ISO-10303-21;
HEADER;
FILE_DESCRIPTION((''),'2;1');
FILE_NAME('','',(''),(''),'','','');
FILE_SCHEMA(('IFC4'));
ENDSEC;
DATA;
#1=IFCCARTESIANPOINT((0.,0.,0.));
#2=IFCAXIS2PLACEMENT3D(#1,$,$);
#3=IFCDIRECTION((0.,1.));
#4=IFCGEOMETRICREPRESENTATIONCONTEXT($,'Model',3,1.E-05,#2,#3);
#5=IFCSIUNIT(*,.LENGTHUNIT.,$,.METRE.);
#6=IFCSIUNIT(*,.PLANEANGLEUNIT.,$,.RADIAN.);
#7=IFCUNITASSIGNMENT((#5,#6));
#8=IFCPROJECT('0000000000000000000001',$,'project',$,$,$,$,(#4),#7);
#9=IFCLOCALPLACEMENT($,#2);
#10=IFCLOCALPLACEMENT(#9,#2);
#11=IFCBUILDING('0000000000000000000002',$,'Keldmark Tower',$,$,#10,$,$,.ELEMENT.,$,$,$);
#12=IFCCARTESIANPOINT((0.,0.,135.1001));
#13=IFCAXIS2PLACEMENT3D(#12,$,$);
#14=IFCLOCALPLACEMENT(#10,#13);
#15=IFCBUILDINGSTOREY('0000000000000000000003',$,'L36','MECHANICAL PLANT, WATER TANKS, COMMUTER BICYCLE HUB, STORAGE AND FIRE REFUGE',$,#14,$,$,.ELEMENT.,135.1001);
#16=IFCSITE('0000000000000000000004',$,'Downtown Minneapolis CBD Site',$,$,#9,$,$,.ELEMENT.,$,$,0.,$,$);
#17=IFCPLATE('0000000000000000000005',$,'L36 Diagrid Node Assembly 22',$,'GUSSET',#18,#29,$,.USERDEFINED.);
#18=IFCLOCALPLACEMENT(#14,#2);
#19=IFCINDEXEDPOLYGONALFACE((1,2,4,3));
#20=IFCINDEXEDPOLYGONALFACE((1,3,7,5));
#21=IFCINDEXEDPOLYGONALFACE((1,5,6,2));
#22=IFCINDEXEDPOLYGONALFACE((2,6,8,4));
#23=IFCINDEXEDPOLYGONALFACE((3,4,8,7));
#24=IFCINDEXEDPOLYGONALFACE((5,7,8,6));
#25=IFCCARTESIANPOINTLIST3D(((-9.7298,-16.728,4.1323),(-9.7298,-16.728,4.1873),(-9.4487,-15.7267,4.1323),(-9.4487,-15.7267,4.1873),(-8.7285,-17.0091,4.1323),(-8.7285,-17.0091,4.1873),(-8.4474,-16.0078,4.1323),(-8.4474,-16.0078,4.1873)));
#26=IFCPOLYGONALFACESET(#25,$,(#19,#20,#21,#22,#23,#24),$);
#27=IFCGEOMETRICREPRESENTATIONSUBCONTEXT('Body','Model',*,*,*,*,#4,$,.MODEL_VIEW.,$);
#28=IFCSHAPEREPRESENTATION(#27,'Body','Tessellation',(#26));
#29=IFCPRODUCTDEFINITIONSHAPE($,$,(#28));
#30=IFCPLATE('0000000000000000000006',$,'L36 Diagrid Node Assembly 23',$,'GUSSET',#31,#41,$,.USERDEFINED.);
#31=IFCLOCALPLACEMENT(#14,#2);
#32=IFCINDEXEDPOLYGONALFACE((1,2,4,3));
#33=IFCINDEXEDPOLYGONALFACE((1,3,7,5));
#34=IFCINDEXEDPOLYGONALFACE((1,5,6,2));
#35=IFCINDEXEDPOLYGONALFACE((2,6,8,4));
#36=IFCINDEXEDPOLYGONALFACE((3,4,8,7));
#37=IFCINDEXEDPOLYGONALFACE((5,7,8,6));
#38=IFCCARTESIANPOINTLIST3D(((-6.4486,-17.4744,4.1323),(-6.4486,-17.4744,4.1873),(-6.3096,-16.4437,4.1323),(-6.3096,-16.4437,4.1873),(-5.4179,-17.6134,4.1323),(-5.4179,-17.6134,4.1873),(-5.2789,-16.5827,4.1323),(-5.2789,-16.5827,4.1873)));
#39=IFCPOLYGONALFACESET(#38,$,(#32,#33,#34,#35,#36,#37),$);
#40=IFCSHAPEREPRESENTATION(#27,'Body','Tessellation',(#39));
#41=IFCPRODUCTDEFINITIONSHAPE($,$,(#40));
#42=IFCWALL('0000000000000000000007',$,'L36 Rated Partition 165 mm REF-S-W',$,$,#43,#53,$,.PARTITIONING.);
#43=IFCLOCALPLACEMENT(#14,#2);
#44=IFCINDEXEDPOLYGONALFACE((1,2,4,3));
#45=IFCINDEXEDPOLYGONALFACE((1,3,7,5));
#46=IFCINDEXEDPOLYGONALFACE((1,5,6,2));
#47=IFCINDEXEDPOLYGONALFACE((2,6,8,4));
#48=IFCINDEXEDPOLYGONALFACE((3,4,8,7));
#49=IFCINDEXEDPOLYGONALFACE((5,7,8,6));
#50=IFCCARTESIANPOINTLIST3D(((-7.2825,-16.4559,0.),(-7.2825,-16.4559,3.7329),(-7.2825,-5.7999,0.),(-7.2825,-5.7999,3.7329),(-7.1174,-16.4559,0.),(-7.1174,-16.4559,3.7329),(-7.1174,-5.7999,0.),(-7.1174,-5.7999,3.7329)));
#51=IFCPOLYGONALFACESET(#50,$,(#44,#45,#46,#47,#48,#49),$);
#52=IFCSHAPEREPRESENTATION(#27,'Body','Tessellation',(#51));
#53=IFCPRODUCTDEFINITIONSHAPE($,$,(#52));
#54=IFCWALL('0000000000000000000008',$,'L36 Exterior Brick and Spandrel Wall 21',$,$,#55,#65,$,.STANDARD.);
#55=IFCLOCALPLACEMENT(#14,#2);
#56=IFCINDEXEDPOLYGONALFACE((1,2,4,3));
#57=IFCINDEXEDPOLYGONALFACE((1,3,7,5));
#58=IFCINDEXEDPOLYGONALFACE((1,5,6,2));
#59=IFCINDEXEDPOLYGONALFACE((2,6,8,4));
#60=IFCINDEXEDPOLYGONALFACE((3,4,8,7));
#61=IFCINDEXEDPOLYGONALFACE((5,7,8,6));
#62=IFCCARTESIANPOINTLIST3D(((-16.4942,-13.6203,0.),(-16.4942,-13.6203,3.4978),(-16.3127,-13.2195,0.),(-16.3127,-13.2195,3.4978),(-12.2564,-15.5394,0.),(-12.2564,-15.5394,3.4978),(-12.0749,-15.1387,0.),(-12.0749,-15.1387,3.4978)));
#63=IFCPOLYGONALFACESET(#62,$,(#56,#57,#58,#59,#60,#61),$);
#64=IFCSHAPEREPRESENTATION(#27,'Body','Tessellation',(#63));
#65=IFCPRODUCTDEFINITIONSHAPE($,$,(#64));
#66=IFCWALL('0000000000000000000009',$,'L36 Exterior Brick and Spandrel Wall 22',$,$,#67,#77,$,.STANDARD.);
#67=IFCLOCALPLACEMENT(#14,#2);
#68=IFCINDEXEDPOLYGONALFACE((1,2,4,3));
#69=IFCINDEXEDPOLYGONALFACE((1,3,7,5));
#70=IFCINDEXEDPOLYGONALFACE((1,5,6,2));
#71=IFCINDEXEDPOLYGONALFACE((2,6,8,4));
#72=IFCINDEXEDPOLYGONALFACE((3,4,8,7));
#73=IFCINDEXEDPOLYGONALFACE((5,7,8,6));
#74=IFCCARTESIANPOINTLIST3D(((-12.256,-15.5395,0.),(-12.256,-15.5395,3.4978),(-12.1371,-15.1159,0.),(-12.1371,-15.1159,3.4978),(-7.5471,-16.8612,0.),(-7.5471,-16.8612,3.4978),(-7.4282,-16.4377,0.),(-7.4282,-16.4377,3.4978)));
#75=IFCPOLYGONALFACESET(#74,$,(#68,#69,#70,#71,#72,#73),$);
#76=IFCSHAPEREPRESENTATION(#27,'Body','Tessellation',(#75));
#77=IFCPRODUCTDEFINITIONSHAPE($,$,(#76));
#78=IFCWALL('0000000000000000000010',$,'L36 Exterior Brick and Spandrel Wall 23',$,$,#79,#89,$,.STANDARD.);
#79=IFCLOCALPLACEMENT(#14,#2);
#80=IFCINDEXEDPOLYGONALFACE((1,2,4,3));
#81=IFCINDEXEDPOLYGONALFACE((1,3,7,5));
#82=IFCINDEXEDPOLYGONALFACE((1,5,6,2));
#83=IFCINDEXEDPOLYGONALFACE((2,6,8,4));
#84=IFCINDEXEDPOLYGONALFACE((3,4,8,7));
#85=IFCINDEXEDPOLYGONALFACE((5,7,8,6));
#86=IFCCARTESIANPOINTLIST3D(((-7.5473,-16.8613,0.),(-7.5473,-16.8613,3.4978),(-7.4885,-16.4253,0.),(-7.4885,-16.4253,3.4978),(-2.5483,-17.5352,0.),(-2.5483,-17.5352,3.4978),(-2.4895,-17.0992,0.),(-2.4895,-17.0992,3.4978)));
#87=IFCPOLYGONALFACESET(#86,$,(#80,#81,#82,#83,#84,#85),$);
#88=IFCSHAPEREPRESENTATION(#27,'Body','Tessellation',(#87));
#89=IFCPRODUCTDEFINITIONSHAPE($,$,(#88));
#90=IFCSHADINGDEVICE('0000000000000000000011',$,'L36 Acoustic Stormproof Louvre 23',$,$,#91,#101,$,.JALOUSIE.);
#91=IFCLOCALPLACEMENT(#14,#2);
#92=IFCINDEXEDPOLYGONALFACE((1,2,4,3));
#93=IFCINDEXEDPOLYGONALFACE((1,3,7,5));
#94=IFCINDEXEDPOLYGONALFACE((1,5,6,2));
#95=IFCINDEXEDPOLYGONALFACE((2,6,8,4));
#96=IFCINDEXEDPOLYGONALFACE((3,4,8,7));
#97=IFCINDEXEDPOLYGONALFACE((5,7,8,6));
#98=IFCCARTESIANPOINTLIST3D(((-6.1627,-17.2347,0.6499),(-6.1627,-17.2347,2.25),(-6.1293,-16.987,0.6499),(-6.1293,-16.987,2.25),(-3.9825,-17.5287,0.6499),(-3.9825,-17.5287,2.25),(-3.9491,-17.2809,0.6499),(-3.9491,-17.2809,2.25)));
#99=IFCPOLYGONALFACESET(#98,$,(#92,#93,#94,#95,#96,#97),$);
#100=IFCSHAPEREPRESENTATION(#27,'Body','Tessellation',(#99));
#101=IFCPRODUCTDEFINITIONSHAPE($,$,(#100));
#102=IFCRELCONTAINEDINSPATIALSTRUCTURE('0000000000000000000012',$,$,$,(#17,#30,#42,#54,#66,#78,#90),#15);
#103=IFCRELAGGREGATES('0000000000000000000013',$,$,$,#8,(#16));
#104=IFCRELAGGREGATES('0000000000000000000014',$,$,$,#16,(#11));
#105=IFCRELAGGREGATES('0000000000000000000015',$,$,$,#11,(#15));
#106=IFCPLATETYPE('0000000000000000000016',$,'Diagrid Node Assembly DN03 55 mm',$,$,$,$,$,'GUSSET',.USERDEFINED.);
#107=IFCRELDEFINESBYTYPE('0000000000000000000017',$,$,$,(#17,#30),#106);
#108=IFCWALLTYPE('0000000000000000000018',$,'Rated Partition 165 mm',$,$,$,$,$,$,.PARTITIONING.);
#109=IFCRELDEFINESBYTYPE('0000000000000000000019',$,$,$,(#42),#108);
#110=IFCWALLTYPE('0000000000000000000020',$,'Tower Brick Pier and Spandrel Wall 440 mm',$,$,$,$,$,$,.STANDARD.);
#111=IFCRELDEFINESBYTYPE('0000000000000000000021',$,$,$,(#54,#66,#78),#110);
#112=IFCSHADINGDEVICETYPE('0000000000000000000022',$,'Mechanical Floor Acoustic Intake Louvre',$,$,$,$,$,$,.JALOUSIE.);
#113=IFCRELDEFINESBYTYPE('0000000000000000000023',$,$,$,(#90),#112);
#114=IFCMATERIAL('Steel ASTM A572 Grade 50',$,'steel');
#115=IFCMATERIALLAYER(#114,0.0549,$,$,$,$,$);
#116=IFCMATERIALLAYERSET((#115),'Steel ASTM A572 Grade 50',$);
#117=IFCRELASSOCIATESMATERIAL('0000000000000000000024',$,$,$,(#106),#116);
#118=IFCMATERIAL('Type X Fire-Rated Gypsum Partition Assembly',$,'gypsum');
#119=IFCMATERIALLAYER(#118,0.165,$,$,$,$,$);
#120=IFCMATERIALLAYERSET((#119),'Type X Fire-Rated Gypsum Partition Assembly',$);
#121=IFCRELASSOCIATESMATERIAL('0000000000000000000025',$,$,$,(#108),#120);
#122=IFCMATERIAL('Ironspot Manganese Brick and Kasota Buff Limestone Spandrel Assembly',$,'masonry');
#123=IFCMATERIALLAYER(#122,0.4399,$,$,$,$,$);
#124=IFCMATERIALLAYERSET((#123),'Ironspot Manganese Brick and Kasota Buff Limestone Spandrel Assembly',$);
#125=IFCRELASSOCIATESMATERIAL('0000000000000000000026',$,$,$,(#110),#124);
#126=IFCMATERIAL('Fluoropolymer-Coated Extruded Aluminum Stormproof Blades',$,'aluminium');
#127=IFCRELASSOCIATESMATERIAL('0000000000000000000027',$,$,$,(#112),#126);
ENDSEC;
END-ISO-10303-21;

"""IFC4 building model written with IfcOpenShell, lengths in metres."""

from ifc_helpers import new_model, si_unit, direction, frame, frame_2d, origin, origin_2d, place, context, subcontext, project, spatial, rectangle, extrude, material, layer, layer_set, type_object, element, save


model = new_model("IFC4")

# Units and contexts
model_context = context("Model", 3, precision=1e-05, world=origin(), true_north=direction((0.0, 1.0)))
body_context = subcontext(model_context, "Body", "Model", "MODEL_VIEW")
ifc_project = project(units=[si_unit("LENGTHUNIT", "METRE"), si_unit("PLANEANGLEUNIT", "RADIAN")], contexts=[model_context])

# Site, building, storey
site_placement = place(None, origin())
site = spatial("IfcSite", under=ifc_project, at=site_placement, Name="Downtown Minneapolis CBD Site", CompositionType="ELEMENT", RefElevation=0.0)
building_placement = place(site_placement, origin())
building = spatial("IfcBuilding", under=site, at=building_placement, Name="Keldmark Tower", CompositionType="ELEMENT")
storey_placement = place(building_placement, frame((0.0, 0.0, 135.1001)))
storey = spatial("IfcBuildingStorey", under=building, at=storey_placement, Name="L36", Description="MECHANICAL PLANT, WATER TANKS, COMMUTER BICYCLE HUB, STORAGE AND FIRE REFUGE", CompositionType="ELEMENT", Elevation=135.1001)

# Plates
ifc_material_1 = material(Name="Steel ASTM A572 Grade 50", Category="steel")
ifc_layer_1 = layer(ifc_material_1, 0.0549)
ifc_layer_set_1 = layer_set([ifc_layer_1], Name="Steel ASTM A572 Grade 50")
plate_type_1 = type_object("IfcPlateType", Name="Diagrid Node Assembly DN03 55 mm", ElementType="GUSSET", PredefinedType="USERDEFINED", material=ifc_layer_set_1)
for number, where, z_axis, x_axis, name in (
    (1, (-9.0886, -16.3679, 4.1323), (0.0, 0.0, 1.0), (0.962786, -0.270264, 0.0), "L36 Diagrid Node Assembly 22"),
    (2, (-5.8638, -17.0286, 4.1323), (0.0, 0.0, 1.0), (0.99103, -0.13364, 0.0), "L36 Diagrid Node Assembly 23"),
):
    element("IfcPlate", number, at=place(storey_placement, frame(where, z_axis=z_axis, x_axis=x_axis)), inside=storey, type_object=plate_type_1, Name=name, ObjectType="GUSSET", PredefinedType="USERDEFINED", context=body_context, shape_type="SweptSolid", body=[
        extrude(rectangle(XDim=1.04, YDim=1.04, at=origin_2d()), origin(), (0.0, 0.0, 1.0), 0.0549),
    ])

# Walls
ifc_material_2 = material(Name="Type X Fire-Rated Gypsum Partition Assembly", Category="gypsum")
ifc_layer_2 = layer(ifc_material_2, 0.165)
ifc_layer_set_2 = layer_set([ifc_layer_2], Name="Type X Fire-Rated Gypsum Partition Assembly")
wall_type_1 = type_object("IfcWallType", Name="Rated Partition 165 mm", PredefinedType="PARTITIONING", material=ifc_layer_set_2)
wall_1_placement = place(storey_placement, frame((-7.2, -16.4561, 0.0), z_axis=(0.0, 0.0, 1.0), x_axis=(0.0, 1.0, 0.0)))
element("IfcWall", 3, at=wall_1_placement, inside=storey, type_object=wall_type_1, Name="L36 Rated Partition 165 mm REF-S-W", PredefinedType="PARTITIONING", context=body_context, shape_type="SweptSolid", body=[
    extrude(rectangle(XDim=10.656, YDim=0.165, at=frame_2d((5.3281, 0.0))), origin(), (0.0, 0.0, 1.0), 3.7329),
])
ifc_material_3 = material(Name="Ironspot Manganese Brick and Kasota Buff Limestone Spandrel Assembly", Category="masonry")
ifc_layer_3 = layer(ifc_material_3, 0.4399)
ifc_layer_set_3 = layer_set([ifc_layer_3], Name="Ironspot Manganese Brick and Kasota Buff Limestone Spandrel Assembly")
wall_type_2 = type_object("IfcWallType", Name="Tower Brick Pier and Spandrel Wall 440 mm", PredefinedType="STANDARD", material=ifc_layer_set_3)
wall_2_placement = place(storey_placement, frame((-12.1655, -15.3391, 0.0), z_axis=(0.0, 0.0, 1.0), x_axis=(-0.910939, 0.412541, 0.0)))
element("IfcWall", 4, at=wall_2_placement, inside=storey, type_object=wall_type_2, Name="L36 Exterior Brick and Spandrel Wall 21", PredefinedType="STANDARD", context=body_context, shape_type="SweptSolid", body=[
    extrude(rectangle(XDim=4.6521, YDim=0.4399, at=frame_2d((2.3262, 0.0))), origin(), (0.0, 0.0, 1.0), 3.4978),
])
wall_3_placement = place(storey_placement, frame((-7.4878, -16.6494, 0.0), z_axis=(0.0, 0.0, 1.0), x_axis=(-0.962791, 0.270248, 0.0)))
element("IfcWall", 5, at=wall_3_placement, inside=storey, type_object=wall_type_2, Name="L36 Exterior Brick and Spandrel Wall 22", PredefinedType="STANDARD", context=body_context, shape_type="SweptSolid", body=[
    extrude(rectangle(XDim=4.8909, YDim=0.4399, at=frame_2d((2.4453, 0.0))), origin(), (0.0, 0.0, 1.0), 3.4978),
])
wall_4_placement = place(storey_placement, frame((-2.519, -17.3171, 0.0), z_axis=(0.0, 0.0, 1.0), x_axis=(-0.991038, 0.133584, 0.0)))
element("IfcWall", 6, at=wall_4_placement, inside=storey, type_object=wall_type_2, Name="L36 Exterior Brick and Spandrel Wall 23", PredefinedType="STANDARD", context=body_context, shape_type="SweptSolid", body=[
    extrude(rectangle(XDim=5.0442, YDim=0.4399, at=frame_2d((2.522, 0.0))), origin(), (0.0, 0.0, 1.0), 3.4978),
])

# Shading device
ifc_material_4 = material(Name="Fluoropolymer-Coated Extruded Aluminum Stormproof Blades", Category="aluminium")
shading_device_type = type_object("IfcShadingDeviceType", Name="Mechanical Floor Acoustic Intake Louvre", PredefinedType="JALOUSIE", material=ifc_material_4)
shading_device_placement = place(storey_placement, frame((-5.0559, -17.2578, 0.6499), z_axis=(0.0, 0.0, 1.0), x_axis=(0.991035, -0.133606, 0.0)))
element("IfcShadingDevice", 7, at=shading_device_placement, inside=storey, type_object=shading_device_type, Name="L36 Acoustic Stormproof Louvre 23", PredefinedType="JALOUSIE", context=body_context, shape_type="SweptSolid", body=[
    extrude(rectangle(XDim=2.2, YDim=0.25, at=origin_2d()), origin(), (0.0, 0.0, 1.0), 1.6001),
])

save(model, "model.ifc")
